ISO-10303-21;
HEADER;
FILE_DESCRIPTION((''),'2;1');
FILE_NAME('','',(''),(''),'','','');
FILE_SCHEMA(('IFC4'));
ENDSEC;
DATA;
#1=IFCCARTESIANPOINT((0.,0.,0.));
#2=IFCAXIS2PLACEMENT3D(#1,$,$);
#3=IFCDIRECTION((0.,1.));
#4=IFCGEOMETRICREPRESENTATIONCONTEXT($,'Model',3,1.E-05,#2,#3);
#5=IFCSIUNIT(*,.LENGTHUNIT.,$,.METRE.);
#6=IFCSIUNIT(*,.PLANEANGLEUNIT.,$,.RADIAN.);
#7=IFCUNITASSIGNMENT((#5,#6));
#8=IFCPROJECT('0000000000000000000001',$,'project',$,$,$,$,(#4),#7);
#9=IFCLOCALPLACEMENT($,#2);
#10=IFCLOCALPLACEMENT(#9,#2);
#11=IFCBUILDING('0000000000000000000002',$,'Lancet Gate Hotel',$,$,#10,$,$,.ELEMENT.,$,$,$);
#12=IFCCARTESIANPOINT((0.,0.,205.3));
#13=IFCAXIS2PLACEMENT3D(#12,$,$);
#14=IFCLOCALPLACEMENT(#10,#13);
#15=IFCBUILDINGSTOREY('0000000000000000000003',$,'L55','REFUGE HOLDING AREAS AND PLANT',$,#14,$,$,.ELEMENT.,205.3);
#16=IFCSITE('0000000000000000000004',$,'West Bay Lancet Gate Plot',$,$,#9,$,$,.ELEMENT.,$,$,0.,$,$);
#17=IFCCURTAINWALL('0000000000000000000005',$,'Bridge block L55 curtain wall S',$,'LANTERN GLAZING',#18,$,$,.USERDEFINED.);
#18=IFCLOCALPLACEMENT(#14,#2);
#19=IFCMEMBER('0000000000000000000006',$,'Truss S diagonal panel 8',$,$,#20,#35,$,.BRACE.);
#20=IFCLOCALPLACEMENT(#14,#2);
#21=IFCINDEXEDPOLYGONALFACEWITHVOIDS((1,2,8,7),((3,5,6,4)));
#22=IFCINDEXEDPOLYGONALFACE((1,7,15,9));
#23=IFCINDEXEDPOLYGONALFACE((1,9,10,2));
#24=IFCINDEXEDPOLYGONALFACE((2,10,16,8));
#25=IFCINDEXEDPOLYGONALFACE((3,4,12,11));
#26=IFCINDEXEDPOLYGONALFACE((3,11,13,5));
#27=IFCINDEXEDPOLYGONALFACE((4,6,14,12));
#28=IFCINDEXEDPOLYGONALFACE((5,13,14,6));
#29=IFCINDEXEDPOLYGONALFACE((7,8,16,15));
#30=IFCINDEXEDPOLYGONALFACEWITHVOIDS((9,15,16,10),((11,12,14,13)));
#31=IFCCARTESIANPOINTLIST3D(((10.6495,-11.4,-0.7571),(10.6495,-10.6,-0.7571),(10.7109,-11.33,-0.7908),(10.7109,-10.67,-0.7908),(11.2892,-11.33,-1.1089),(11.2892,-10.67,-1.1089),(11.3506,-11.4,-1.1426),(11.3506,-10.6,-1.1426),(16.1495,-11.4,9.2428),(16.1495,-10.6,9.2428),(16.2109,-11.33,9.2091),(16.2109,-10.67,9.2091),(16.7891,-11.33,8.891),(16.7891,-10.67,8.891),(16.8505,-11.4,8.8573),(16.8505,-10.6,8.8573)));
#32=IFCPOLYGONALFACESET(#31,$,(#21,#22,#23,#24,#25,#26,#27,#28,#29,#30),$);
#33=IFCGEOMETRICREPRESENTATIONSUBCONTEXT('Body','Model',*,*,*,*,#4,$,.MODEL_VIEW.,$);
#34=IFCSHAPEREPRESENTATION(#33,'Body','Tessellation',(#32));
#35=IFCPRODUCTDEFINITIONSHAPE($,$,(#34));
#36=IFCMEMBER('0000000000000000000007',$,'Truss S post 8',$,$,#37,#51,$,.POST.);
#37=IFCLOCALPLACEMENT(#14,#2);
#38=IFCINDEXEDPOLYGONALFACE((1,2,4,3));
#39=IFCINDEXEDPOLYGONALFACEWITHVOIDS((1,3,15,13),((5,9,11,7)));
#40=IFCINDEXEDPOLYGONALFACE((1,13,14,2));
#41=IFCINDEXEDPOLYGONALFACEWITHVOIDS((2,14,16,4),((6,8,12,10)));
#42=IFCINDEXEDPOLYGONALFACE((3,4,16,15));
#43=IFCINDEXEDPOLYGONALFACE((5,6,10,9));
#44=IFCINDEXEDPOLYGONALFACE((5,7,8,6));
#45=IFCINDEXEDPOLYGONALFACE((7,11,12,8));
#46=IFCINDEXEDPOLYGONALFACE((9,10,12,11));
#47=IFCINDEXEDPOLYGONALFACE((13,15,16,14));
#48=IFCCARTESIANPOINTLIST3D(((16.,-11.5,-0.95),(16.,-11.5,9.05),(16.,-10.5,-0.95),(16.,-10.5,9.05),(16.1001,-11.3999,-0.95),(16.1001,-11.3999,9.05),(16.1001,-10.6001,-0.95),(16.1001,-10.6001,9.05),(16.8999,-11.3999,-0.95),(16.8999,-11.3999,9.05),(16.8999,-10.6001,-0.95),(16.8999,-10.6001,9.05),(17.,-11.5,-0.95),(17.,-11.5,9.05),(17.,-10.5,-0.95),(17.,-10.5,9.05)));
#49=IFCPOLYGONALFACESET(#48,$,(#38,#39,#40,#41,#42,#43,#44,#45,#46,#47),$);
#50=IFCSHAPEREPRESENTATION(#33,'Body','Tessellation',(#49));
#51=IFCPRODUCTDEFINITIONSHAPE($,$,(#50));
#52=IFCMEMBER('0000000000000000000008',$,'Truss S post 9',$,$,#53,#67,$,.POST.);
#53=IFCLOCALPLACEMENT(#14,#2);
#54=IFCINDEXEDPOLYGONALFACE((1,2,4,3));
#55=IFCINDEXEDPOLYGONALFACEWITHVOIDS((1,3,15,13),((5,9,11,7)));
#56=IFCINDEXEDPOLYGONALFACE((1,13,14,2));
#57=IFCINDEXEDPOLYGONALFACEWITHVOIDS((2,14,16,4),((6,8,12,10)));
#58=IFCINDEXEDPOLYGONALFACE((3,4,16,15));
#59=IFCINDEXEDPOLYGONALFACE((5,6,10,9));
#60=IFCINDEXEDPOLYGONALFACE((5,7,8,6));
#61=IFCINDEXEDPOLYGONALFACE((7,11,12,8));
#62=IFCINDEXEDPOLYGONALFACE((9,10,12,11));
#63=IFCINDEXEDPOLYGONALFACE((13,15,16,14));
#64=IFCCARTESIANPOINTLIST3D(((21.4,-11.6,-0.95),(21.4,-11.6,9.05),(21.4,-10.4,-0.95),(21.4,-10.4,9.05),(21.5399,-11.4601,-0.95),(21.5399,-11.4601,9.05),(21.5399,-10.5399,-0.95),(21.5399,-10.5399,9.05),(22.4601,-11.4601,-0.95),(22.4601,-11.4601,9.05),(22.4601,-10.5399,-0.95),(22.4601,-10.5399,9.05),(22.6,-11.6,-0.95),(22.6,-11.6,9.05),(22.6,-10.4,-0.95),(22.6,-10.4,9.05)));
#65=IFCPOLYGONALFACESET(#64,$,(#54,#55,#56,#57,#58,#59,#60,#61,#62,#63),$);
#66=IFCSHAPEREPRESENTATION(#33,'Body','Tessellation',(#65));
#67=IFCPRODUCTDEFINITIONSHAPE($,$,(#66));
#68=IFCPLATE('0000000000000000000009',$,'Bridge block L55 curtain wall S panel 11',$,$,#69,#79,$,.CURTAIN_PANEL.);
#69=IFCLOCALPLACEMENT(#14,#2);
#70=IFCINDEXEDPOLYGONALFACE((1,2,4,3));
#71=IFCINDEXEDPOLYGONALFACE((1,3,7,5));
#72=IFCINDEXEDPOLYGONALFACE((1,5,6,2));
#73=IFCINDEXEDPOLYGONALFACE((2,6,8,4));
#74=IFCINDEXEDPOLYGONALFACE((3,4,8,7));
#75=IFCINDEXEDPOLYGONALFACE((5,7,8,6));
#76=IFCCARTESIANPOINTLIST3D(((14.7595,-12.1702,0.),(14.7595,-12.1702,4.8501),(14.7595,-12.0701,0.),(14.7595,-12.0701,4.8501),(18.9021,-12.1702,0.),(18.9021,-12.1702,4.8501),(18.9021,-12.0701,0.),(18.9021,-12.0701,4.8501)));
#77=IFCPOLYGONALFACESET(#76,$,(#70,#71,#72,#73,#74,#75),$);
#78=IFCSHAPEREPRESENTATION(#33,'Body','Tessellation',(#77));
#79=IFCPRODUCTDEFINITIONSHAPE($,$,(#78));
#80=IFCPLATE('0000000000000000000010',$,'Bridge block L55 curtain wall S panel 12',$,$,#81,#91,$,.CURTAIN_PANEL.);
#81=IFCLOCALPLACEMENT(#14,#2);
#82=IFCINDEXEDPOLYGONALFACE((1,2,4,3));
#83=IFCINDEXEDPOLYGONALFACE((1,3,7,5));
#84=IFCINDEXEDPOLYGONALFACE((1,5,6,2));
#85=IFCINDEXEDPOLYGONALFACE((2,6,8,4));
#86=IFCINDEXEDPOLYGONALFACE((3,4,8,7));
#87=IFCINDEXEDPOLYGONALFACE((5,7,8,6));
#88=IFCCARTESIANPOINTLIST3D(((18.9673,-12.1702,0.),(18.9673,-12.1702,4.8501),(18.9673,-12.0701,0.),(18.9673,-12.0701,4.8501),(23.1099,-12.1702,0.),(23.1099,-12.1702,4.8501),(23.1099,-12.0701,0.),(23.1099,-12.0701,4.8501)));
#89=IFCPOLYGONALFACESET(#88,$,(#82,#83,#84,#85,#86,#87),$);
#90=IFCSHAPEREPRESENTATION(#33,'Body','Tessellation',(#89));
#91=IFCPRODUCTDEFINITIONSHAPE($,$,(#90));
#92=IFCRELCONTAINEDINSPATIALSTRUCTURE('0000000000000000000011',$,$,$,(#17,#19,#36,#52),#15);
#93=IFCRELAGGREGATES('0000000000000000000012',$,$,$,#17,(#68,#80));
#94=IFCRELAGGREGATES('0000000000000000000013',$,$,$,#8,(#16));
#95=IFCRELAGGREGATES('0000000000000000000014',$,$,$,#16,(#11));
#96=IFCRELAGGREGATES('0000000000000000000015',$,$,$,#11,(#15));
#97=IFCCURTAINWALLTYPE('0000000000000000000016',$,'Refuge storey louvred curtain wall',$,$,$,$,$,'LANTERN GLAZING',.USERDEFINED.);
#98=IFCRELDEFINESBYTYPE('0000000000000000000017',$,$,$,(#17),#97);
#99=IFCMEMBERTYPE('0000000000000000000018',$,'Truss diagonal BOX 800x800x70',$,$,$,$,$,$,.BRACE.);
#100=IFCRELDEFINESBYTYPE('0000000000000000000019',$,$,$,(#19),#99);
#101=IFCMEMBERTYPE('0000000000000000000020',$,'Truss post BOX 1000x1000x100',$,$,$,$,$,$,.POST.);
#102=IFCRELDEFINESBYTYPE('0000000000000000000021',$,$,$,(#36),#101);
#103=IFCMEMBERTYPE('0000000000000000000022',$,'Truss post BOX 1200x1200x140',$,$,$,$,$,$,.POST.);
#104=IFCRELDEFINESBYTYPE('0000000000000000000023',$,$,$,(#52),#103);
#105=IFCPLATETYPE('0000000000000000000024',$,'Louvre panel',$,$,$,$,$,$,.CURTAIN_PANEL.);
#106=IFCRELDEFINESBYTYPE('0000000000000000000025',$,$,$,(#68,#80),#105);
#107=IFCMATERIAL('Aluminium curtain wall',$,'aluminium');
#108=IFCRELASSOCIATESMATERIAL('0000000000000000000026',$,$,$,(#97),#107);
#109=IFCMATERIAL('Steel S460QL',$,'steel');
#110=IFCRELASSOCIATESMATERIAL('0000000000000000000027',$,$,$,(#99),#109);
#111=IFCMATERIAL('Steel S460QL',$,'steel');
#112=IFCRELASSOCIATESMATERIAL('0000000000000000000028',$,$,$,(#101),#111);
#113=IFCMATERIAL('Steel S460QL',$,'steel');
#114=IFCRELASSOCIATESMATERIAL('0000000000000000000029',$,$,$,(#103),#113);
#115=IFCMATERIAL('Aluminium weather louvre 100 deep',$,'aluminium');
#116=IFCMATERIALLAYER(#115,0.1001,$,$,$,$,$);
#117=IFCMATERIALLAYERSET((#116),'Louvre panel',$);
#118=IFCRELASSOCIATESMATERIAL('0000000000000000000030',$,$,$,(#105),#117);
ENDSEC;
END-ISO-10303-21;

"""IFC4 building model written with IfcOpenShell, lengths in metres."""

from ifc_helpers import new_model, si_unit, direction, frame, origin, origin_2d, place, context, subcontext, project, spatial, rectangle, hollow_rectangle, extrude, material, layer, layer_set, material_profile, profile_set, type_object, element, aggregate, save


model = new_model("IFC4")

# Units and contexts
model_context = context("Model", 3, precision=1e-05, world=origin(), true_north=direction((0.0, 1.0)))
body_context = subcontext(model_context, "Body", "Model", "MODEL_VIEW")
ifc_project = project(units=[si_unit("LENGTHUNIT", "METRE"), si_unit("PLANEANGLEUNIT", "RADIAN")], contexts=[model_context])

# Site, building, storey
site_placement = place(None, origin())
site = spatial("IfcSite", under=ifc_project, at=site_placement, Name="West Bay Lancet Gate Plot", CompositionType="ELEMENT", RefElevation=0.0)
building_placement = place(site_placement, origin())
building = spatial("IfcBuilding", under=site, at=building_placement, Name="Lancet Gate Hotel", CompositionType="ELEMENT")
storey_placement = place(building_placement, frame((0.0, 0.0, 205.3)))
storey = spatial("IfcBuildingStorey", under=building, at=storey_placement, Name="L55", Description="REFUGE HOLDING AREAS AND PLANT", CompositionType="ELEMENT", Elevation=205.3)

# Curtain wall
ifc_material_1 = material(Name="Aluminium curtain wall", Category="aluminium")
curtain_wall_type = type_object("IfcCurtainWallType", Name="Refuge storey louvred curtain wall", ElementType="LANTERN GLAZING", PredefinedType="USERDEFINED", material=ifc_material_1)
curtain_wall_placement = place(storey_placement, origin())
curtain_wall = element("IfcCurtainWall", 1, at=curtain_wall_placement, inside=storey, type_object=curtain_wall_type, Name="Bridge block L55 curtain wall S", ObjectType="LANTERN GLAZING", PredefinedType="USERDEFINED")

# Members
ifc_material_2 = material(Name="Steel S460QL", Category="steel")
ifc_material_profile_1 = material_profile(ifc_material_2, hollow_rectangle(XDim=0.8, YDim=0.8, WallThickness=0.0701, at=origin_2d()), Name="BOX 800x800x70")
ifc_profile_set_1 = profile_set([ifc_material_profile_1], Name="Steel S460QL")
member_type_1 = type_object("IfcMemberType", Name="Truss diagonal BOX 800x800x70", PredefinedType="BRACE", material=ifc_profile_set_1)
member_1_placement = place(storey_placement, frame((16.5, -11.0, 9.05), z_axis=(-0.481919, 0.0, -0.876216), x_axis=(0.0, -1.0, 0.0)))
element("IfcMember", 2, at=member_1_placement, inside=storey, type_object=member_type_1, Name="Truss S diagonal panel 8", PredefinedType="BRACE", context=body_context, shape_type="SweptSolid", body=[
    extrude(hollow_rectangle(XDim=0.8, YDim=0.8, WallThickness=0.0701, at=origin_2d()), origin(), (0.0, 0.0, 1.0), 11.4126),
])
ifc_material_3 = material(Name="Steel S460QL", Category="steel")
ifc_material_profile_2 = material_profile(ifc_material_3, hollow_rectangle(XDim=1.0, YDim=1.0, WallThickness=0.1001, at=origin_2d()), Name="BOX 1000x1000x100")
ifc_profile_set_2 = profile_set([ifc_material_profile_2], Name="Steel S460QL")
member_type_2 = type_object("IfcMemberType", Name="Truss post BOX 1000x1000x100", PredefinedType="POST", material=ifc_profile_set_2)
member_2_placement = place(storey_placement, frame((16.5, -11.0, -0.95), z_axis=(0.0, 0.0, 1.0), x_axis=(1.0, 0.0, 0.0)))
element("IfcMember", 3, at=member_2_placement, inside=storey, type_object=member_type_2, Name="Truss S post 8", PredefinedType="POST", context=body_context, shape_type="SweptSolid", body=[
    extrude(hollow_rectangle(XDim=1.0, YDim=1.0, WallThickness=0.1001, at=origin_2d()), origin(), (0.0, 0.0, 1.0), 10.0),
])
ifc_material_4 = material(Name="Steel S460QL", Category="steel")
ifc_material_profile_3 = material_profile(ifc_material_4, hollow_rectangle(XDim=1.2, YDim=1.2, WallThickness=0.1399, at=origin_2d()), Name="BOX 1200x1200x140")
ifc_profile_set_3 = profile_set([ifc_material_profile_3], Name="Steel S460QL")
member_type_3 = type_object("IfcMemberType", Name="Truss post BOX 1200x1200x140", PredefinedType="POST", material=ifc_profile_set_3)
member_3_placement = place(storey_placement, frame((22.0, -11.0, -0.95), z_axis=(0.0, 0.0, 1.0), x_axis=(1.0, 0.0, 0.0)))
element("IfcMember", 4, at=member_3_placement, inside=storey, type_object=member_type_3, Name="Truss S post 9", PredefinedType="POST", context=body_context, shape_type="SweptSolid", body=[
    extrude(hollow_rectangle(XDim=1.2, YDim=1.2, WallThickness=0.1399, at=origin_2d()), origin(), (0.0, 0.0, 1.0), 10.0),
])

# Plates
ifc_material_5 = material(Name="Aluminium weather louvre 100 deep", Category="aluminium")
ifc_layer = layer(ifc_material_5, 0.1001)
ifc_layer_set = layer_set([ifc_layer], Name="Louvre panel")
plate_type = type_object("IfcPlateType", Name="Louvre panel", PredefinedType="CURTAIN_PANEL", material=ifc_layer_set)
plate_1_placement = place(storey_placement, frame((16.8308, -12.1201, 0.0), z_axis=(0.0, 0.0, 1.0), x_axis=(1.0, 0.0, 0.0)))
plate_1 = element("IfcPlate", 5, at=plate_1_placement, type_object=plate_type, Name="Bridge block L55 curtain wall S panel 11", PredefinedType="CURTAIN_PANEL", context=body_context, shape_type="SweptSolid", body=[
    extrude(rectangle(XDim=4.1426, YDim=0.1001, at=origin_2d()), origin(), (0.0, 0.0, 1.0), 4.8501),
])
plate_2_placement = place(storey_placement, frame((21.0386, -12.1201, 0.0), z_axis=(0.0, 0.0, 1.0), x_axis=(1.0, 0.0, 0.0)))
plate_2 = element("IfcPlate", 6, at=plate_2_placement, type_object=plate_type, Name="Bridge block L55 curtain wall S panel 12", PredefinedType="CURTAIN_PANEL", context=body_context, shape_type="SweptSolid", body=[
    extrude(rectangle(XDim=4.1426, YDim=0.1001, at=origin_2d()), origin(), (0.0, 0.0, 1.0), 4.8501),
])
aggregate(curtain_wall, [plate_1, plate_2])

save(model, "model.ifc")
